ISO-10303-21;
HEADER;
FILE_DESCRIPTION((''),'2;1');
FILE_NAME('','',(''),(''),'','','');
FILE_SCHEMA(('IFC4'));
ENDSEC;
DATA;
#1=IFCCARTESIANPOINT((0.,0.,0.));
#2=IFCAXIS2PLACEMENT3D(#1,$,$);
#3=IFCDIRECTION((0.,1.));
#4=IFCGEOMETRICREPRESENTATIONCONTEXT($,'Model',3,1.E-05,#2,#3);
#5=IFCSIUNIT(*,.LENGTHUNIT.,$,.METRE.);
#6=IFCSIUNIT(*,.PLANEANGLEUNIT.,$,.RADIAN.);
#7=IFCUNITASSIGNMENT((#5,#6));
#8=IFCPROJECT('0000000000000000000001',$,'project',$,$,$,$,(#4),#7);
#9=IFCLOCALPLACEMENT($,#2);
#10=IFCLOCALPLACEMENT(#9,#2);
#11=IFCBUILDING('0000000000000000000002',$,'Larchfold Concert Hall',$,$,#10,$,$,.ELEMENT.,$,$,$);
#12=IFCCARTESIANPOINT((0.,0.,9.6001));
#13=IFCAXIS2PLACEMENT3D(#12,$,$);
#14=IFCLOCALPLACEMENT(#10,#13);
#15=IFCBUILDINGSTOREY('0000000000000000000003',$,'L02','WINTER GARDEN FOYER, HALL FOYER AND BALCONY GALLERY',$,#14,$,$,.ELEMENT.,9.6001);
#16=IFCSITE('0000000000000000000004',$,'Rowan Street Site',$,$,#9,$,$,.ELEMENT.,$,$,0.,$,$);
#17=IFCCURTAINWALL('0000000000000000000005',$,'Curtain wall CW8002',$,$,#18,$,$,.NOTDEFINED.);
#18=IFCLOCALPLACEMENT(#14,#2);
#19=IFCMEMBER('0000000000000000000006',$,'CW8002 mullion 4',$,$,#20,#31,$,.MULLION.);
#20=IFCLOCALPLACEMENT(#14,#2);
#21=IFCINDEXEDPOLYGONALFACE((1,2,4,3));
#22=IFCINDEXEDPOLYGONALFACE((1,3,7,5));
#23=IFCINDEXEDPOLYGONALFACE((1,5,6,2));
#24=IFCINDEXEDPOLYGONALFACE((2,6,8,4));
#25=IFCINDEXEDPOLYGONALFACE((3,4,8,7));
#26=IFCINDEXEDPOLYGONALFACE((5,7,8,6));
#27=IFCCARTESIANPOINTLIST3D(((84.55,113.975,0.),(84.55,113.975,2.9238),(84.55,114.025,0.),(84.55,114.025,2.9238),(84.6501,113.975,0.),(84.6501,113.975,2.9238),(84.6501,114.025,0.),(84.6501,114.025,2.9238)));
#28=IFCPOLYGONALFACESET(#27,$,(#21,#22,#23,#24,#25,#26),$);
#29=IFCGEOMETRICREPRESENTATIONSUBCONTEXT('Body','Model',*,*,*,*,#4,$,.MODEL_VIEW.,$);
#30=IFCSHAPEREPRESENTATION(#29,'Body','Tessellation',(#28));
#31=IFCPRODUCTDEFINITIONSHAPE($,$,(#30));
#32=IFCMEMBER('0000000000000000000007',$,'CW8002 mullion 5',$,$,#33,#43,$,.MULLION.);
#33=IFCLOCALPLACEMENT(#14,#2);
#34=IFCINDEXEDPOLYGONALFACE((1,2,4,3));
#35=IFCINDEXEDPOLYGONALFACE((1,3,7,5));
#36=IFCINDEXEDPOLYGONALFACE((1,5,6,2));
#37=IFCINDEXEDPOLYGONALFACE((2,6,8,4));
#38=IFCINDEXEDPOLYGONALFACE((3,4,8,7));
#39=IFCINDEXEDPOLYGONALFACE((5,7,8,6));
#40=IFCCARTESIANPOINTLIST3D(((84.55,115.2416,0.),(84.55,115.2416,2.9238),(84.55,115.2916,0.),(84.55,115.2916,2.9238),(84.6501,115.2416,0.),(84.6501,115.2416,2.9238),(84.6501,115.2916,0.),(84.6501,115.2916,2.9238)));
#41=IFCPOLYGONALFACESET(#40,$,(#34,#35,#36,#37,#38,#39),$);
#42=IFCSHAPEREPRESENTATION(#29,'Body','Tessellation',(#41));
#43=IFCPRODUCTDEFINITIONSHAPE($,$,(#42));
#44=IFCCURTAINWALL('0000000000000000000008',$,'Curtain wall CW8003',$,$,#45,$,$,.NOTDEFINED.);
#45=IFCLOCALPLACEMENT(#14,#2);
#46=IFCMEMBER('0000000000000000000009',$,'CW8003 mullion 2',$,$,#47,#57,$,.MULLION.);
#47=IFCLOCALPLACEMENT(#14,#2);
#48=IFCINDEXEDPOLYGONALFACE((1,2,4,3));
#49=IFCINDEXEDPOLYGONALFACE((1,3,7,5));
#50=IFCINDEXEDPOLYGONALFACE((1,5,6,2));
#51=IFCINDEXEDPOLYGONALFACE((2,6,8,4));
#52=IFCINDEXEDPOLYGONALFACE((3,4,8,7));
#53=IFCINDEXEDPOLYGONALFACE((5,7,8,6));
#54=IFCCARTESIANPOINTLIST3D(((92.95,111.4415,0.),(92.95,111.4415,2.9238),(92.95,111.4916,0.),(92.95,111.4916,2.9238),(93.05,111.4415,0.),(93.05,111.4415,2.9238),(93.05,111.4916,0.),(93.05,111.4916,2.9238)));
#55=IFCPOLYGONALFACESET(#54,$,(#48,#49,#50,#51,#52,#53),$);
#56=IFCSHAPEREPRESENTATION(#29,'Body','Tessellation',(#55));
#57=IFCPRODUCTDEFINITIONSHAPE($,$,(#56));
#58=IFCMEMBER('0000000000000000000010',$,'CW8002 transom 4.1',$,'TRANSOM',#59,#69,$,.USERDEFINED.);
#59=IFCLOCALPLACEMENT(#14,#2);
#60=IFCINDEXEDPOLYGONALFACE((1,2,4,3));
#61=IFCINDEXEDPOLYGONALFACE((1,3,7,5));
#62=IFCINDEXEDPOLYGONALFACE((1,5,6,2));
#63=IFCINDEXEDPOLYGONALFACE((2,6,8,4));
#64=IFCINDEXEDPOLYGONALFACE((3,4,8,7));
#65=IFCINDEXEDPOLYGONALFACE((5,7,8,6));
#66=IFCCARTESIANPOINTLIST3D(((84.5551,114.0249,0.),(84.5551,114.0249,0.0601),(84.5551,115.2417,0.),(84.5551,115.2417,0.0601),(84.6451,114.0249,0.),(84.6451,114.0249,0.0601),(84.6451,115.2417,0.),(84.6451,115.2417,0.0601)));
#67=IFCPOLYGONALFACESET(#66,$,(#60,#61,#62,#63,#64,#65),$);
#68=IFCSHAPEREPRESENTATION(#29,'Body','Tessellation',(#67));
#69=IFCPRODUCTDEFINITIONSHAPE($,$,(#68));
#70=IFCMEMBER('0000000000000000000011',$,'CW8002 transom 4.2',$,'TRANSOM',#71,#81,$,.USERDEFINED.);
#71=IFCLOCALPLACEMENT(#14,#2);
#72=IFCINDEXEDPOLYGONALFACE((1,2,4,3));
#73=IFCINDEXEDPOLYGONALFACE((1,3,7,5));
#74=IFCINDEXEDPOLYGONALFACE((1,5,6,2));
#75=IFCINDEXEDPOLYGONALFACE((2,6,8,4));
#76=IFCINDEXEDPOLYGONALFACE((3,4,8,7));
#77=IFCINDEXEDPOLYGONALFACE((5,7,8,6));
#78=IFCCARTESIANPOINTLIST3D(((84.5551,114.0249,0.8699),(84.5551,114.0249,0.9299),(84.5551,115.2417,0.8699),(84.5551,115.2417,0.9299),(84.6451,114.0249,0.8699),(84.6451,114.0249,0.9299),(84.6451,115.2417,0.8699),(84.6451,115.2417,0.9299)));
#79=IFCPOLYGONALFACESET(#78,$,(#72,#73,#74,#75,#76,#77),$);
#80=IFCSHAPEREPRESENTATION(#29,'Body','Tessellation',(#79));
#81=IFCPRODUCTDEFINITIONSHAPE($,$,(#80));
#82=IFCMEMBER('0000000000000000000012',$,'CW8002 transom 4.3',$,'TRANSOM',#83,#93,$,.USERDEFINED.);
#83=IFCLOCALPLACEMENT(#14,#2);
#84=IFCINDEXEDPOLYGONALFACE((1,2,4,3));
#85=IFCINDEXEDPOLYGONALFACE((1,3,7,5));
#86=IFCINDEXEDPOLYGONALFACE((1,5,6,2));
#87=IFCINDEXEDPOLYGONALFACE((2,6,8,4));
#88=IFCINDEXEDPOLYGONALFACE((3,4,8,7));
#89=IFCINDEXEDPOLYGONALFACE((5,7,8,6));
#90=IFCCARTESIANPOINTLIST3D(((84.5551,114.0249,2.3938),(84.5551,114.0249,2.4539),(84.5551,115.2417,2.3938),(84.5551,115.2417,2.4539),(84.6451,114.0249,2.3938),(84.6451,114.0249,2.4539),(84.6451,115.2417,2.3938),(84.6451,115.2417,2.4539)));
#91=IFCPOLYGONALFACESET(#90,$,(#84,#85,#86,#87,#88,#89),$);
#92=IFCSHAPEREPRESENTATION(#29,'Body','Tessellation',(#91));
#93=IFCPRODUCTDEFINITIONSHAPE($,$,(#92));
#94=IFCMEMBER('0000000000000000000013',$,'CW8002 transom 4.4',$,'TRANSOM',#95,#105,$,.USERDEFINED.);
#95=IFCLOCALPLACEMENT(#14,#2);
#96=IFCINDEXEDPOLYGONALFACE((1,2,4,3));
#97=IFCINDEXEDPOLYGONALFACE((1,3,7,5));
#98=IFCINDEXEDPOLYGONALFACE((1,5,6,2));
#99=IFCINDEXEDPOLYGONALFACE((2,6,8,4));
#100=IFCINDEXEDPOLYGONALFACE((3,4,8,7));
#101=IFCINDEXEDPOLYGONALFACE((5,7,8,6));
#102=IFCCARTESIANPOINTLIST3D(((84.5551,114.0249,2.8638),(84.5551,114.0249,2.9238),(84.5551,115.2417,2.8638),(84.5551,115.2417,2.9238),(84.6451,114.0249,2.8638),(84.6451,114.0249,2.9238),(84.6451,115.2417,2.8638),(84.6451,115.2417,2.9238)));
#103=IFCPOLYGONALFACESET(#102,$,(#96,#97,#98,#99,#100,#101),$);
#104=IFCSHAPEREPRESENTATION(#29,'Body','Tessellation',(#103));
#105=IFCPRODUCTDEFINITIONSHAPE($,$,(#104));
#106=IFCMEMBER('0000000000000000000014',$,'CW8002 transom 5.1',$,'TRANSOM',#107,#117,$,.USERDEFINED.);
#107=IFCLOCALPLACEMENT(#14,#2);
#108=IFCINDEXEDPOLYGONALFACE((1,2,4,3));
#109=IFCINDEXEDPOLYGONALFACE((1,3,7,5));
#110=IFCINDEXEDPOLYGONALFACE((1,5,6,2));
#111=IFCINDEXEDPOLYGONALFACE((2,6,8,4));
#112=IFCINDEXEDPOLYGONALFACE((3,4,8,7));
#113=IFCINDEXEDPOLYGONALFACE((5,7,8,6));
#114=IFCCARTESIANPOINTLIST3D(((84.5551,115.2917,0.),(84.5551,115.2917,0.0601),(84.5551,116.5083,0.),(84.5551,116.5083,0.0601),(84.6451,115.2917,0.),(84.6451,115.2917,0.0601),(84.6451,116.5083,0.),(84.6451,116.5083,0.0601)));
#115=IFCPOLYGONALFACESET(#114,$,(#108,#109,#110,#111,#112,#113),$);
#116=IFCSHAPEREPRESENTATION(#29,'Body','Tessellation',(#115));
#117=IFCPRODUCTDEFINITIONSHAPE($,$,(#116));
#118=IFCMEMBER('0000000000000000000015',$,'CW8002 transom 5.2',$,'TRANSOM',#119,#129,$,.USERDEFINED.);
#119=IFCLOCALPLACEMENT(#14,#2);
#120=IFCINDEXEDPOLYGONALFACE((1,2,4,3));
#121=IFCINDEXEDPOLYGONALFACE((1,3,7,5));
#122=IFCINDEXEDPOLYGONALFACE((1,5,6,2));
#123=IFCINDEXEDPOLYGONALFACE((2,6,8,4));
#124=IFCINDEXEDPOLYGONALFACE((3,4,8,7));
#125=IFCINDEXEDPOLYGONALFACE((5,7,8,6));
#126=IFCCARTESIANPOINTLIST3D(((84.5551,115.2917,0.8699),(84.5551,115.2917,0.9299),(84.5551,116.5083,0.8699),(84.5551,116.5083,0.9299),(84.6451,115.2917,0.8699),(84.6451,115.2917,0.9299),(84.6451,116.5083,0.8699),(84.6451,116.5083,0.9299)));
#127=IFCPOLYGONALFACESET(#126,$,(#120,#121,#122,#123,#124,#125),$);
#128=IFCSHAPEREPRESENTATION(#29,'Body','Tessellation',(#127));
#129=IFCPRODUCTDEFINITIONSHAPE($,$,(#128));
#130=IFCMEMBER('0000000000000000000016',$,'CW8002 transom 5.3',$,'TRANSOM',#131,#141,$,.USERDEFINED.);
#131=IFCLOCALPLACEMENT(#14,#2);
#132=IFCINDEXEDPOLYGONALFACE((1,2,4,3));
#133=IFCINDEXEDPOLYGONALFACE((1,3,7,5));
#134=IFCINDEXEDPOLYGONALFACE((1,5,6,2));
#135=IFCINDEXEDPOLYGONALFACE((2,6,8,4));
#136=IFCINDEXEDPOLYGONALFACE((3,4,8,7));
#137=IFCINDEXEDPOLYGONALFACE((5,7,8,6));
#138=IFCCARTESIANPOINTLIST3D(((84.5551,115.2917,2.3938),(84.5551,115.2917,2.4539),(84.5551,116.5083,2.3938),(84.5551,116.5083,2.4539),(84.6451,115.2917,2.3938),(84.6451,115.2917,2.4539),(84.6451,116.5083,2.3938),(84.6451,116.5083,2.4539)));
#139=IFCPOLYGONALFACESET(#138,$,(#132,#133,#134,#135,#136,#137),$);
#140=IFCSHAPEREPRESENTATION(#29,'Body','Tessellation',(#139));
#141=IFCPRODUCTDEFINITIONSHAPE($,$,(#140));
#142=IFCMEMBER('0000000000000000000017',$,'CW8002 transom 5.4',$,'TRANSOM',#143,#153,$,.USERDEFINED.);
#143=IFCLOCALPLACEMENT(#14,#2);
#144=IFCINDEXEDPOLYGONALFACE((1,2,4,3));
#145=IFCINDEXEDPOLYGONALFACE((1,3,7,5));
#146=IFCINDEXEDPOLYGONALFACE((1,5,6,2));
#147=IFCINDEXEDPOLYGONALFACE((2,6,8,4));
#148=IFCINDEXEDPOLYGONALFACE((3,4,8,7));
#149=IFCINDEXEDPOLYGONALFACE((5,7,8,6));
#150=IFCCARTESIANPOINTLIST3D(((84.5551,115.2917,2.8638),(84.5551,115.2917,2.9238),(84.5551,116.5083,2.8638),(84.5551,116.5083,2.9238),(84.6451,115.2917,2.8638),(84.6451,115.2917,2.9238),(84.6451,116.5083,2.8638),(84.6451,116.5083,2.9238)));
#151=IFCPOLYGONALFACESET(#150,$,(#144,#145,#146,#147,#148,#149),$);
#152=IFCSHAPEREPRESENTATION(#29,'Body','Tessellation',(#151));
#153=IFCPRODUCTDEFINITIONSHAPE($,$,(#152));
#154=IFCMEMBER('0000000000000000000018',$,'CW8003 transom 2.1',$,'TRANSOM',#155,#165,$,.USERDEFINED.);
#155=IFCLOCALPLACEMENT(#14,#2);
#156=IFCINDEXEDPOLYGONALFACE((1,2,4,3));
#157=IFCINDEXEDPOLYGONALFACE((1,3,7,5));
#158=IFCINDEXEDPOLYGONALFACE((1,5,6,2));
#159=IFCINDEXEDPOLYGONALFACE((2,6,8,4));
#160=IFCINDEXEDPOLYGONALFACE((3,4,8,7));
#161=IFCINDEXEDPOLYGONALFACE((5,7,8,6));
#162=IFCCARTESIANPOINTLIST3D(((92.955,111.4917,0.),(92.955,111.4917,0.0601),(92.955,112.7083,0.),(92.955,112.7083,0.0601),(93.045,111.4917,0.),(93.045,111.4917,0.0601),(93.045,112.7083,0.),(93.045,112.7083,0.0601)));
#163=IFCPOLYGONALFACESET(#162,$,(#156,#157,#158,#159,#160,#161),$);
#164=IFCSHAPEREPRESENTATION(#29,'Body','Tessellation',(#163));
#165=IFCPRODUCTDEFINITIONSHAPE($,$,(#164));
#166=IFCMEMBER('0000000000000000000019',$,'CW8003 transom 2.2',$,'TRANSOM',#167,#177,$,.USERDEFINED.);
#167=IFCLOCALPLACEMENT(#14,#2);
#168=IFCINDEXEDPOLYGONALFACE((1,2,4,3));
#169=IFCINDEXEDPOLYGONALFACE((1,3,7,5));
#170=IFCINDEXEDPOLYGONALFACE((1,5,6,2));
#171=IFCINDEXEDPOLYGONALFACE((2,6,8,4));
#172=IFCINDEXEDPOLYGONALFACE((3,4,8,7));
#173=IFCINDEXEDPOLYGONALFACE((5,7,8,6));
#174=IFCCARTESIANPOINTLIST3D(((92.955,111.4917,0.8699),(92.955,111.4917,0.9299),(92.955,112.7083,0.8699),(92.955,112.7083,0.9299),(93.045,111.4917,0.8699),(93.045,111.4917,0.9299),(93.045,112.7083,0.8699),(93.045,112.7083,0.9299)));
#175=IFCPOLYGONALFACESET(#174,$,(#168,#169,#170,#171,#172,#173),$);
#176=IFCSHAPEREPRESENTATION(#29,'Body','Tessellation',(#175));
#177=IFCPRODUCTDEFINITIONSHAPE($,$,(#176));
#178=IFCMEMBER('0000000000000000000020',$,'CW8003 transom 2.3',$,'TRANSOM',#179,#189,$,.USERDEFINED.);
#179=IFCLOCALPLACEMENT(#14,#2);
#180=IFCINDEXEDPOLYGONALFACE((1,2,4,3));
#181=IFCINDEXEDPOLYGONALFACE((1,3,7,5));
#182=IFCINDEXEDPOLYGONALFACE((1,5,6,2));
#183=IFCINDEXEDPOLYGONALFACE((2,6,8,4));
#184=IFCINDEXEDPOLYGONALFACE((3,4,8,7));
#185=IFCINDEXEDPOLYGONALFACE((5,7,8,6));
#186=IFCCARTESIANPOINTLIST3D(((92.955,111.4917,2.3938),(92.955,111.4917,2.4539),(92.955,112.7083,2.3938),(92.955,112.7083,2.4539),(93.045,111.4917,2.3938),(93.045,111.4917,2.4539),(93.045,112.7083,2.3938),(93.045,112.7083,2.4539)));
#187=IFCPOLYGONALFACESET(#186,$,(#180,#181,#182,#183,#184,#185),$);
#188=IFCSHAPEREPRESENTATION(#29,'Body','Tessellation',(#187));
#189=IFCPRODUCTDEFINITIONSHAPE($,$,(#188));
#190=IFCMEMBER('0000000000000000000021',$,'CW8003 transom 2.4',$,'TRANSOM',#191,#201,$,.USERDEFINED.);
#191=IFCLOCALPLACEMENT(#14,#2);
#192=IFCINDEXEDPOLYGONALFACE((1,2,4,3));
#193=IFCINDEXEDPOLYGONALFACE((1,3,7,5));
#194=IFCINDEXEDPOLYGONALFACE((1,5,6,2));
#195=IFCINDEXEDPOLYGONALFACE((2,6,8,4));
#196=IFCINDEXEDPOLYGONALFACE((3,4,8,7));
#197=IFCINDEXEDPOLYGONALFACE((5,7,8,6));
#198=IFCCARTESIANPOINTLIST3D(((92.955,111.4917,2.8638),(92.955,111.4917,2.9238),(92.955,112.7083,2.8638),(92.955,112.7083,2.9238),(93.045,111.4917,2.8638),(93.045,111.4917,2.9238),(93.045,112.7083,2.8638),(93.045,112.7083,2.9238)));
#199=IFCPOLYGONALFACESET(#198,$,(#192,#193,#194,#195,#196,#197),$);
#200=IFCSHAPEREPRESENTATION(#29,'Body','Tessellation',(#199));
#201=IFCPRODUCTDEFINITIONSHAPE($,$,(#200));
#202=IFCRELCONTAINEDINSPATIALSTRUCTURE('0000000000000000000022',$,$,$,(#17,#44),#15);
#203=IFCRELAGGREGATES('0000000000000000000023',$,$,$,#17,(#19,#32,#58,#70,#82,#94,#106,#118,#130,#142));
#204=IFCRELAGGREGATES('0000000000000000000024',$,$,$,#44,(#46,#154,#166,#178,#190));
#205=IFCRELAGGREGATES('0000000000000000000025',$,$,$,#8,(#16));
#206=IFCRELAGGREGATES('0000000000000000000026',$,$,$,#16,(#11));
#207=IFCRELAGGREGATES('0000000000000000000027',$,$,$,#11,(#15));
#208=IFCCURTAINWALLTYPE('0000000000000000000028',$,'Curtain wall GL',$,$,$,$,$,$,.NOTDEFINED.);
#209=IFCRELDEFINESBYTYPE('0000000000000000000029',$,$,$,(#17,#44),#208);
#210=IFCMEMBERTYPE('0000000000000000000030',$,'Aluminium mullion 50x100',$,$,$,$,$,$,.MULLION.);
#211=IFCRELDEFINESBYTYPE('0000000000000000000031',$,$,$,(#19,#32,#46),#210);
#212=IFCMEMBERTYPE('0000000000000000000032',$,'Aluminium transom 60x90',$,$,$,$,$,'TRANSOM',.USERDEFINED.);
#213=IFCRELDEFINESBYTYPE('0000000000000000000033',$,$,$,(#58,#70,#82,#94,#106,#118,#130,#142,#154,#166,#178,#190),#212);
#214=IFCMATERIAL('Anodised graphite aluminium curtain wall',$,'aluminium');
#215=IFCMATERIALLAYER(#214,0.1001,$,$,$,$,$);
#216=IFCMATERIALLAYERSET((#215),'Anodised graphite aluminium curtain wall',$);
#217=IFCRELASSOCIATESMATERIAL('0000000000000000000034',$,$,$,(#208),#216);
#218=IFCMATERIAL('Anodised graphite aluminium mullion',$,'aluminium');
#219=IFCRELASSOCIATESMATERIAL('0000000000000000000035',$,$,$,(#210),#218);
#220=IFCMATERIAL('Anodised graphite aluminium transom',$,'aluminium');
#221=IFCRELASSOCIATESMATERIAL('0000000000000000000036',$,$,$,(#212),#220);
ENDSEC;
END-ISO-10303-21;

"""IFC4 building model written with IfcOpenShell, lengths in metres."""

from ifc_helpers import new_model, si_unit, direction, frame, origin, origin_2d, place, context, subcontext, project, spatial, rectangle, extrude, material, layer, layer_set, material_profile, profile_set, type_object, element, aggregate, save


model = new_model("IFC4")

# Units and contexts
model_context = context("Model", 3, precision=1e-05, world=origin(), true_north=direction((0.0, 1.0)))
body_context = subcontext(model_context, "Body", "Model", "MODEL_VIEW")
ifc_project = project(units=[si_unit("LENGTHUNIT", "METRE"), si_unit("PLANEANGLEUNIT", "RADIAN")], contexts=[model_context])

# Site, building, storey
site_placement = place(None, origin())
site = spatial("IfcSite", under=ifc_project, at=site_placement, Name="Rowan Street Site", CompositionType="ELEMENT", RefElevation=0.0)
building_placement = place(site_placement, origin())
building = spatial("IfcBuilding", under=site, at=building_placement, Name="Larchfold Concert Hall", CompositionType="ELEMENT")
storey_placement = place(building_placement, frame((0.0, 0.0, 9.6001)))
storey = spatial("IfcBuildingStorey", under=building, at=storey_placement, Name="L02", Description="WINTER GARDEN FOYER, HALL FOYER AND BALCONY GALLERY", CompositionType="ELEMENT", Elevation=9.6001)

# Curtain wall, members
ifc_material_1 = material(Name="Anodised graphite aluminium curtain wall", Category="aluminium")
ifc_layer_1 = layer(ifc_material_1, 0.1001)
ifc_layer_set_1 = layer_set([ifc_layer_1], Name="Anodised graphite aluminium curtain wall")
curtain_wall_type = type_object("IfcCurtainWallType", Name="Curtain wall GL", PredefinedType="NOTDEFINED", material=ifc_layer_set_1)
curtain_wall_1_placement = place(storey_placement, origin())
curtain_wall_1 = element("IfcCurtainWall", 1, at=curtain_wall_1_placement, inside=storey, type_object=curtain_wall_type, Name="Curtain wall CW8002", PredefinedType="NOTDEFINED")
ifc_material_2 = material(Name="Anodised graphite aluminium mullion", Category="aluminium")
ifc_material_profile_1 = material_profile(ifc_material_2, rectangle(XDim=0.1001, YDim=0.05, at=origin_2d()))
ifc_profile_set_1 = profile_set([ifc_material_profile_1], Name="Anodised graphite aluminium mullion")
member_type_1 = type_object("IfcMemberType", Name="Aluminium mullion 50x100", PredefinedType="MULLION", material=ifc_profile_set_1)
member_1_placement = place(storey_placement, frame((84.6001, 114.0, 0.0), z_axis=(0.0, 0.0, 1.0), x_axis=(-1.0, 0.0, 0.0)))
member_1 = element("IfcMember", 2, at=member_1_placement, type_object=member_type_1, Name="CW8002 mullion 4", PredefinedType="MULLION", context=body_context, shape_type="SweptSolid", body=[
    extrude(rectangle(XDim=0.1001, YDim=0.05, at=origin_2d()), origin(), (0.0, 0.0, 1.0), 2.9238),
])
member_2_placement = place(storey_placement, frame((84.6001, 115.2666, 0.0), z_axis=(0.0, 0.0, 1.0), x_axis=(-1.0, 0.0, 0.0)))
member_2 = element("IfcMember", 3, at=member_2_placement, type_object=member_type_1, Name="CW8002 mullion 5", PredefinedType="MULLION", context=body_context, shape_type="SweptSolid", body=[
    extrude(rectangle(XDim=0.1001, YDim=0.05, at=origin_2d()), origin(), (0.0, 0.0, 1.0), 2.9238),
])

# Curtain wall, member
curtain_wall_2_placement = place(storey_placement, origin())
curtain_wall_2 = element("IfcCurtainWall", 4, at=curtain_wall_2_placement, inside=storey, type_object=curtain_wall_type, Name="Curtain wall CW8003", PredefinedType="NOTDEFINED")
member_3_placement = place(storey_placement, frame((93.0, 111.4666, 0.0), z_axis=(0.0, 0.0, 1.0), x_axis=(-1.0, 0.0, 0.0)))
member_3 = element("IfcMember", 5, at=member_3_placement, type_object=member_type_1, Name="CW8003 mullion 2", PredefinedType="MULLION", context=body_context, shape_type="SweptSolid", body=[
    extrude(rectangle(XDim=0.1001, YDim=0.05, at=origin_2d()), origin(), (0.0, 0.0, 1.0), 2.9238),
])

# Members
ifc_material_3 = material(Name="Anodised graphite aluminium transom", Category="aluminium")
ifc_material_profile_2 = material_profile(ifc_material_3, rectangle(XDim=0.0901, YDim=0.0601, at=origin_2d()))
ifc_profile_set_2 = profile_set([ifc_material_profile_2], Name="Anodised graphite aluminium transom")
member_type_2 = type_object("IfcMemberType", Name="Aluminium transom 60x90", ElementType="TRANSOM", PredefinedType="USERDEFINED", material=ifc_profile_set_2)
member_4_placement = place(storey_placement, frame((84.6001, 114.0249, 0.03), z_axis=(0.0, 1.0, 0.0), x_axis=(-1.0, 0.0, 0.0)))
member_4 = element("IfcMember", 6, at=member_4_placement, type_object=member_type_2, Name="CW8002 transom 4.1", ObjectType="TRANSOM", PredefinedType="USERDEFINED", context=body_context, shape_type="SweptSolid", body=[
    extrude(rectangle(XDim=0.0901, YDim=0.0601, at=origin_2d()), origin(), (0.0, 0.0, 1.0), 1.2168),
])
member_5_placement = place(storey_placement, frame((84.6001, 114.0249, 0.8999), z_axis=(0.0, 1.0, 0.0), x_axis=(-1.0, 0.0, 0.0)))
member_5 = element("IfcMember", 7, at=member_5_placement, type_object=member_type_2, Name="CW8002 transom 4.2", ObjectType="TRANSOM", PredefinedType="USERDEFINED", context=body_context, shape_type="SweptSolid", body=[
    extrude(rectangle(XDim=0.0901, YDim=0.0601, at=origin_2d()), origin(), (0.0, 0.0, 1.0), 1.2168),
])
member_6_placement = place(storey_placement, frame((84.6001, 114.0249, 2.4238), z_axis=(0.0, 1.0, 0.0), x_axis=(-1.0, 0.0, 0.0)))
member_6 = element("IfcMember", 8, at=member_6_placement, type_object=member_type_2, Name="CW8002 transom 4.3", ObjectType="TRANSOM", PredefinedType="USERDEFINED", context=body_context, shape_type="SweptSolid", body=[
    extrude(rectangle(XDim=0.0901, YDim=0.0601, at=origin_2d()), origin(), (0.0, 0.0, 1.0), 1.2168),
])
member_7_placement = place(storey_placement, frame((84.6001, 114.0249, 2.8938), z_axis=(0.0, 1.0, 0.0), x_axis=(-1.0, 0.0, 0.0)))
member_7 = element("IfcMember", 9, at=member_7_placement, type_object=member_type_2, Name="CW8002 transom 4.4", ObjectType="TRANSOM", PredefinedType="USERDEFINED", context=body_context, shape_type="SweptSolid", body=[
    extrude(rectangle(XDim=0.0901, YDim=0.0601, at=origin_2d()), origin(), (0.0, 0.0, 1.0), 1.2168),
])
member_8_placement = place(storey_placement, frame((84.6001, 115.2917, 0.03), z_axis=(0.0, 1.0, 0.0), x_axis=(-1.0, 0.0, 0.0)))
member_8 = element("IfcMember", 10, at=member_8_placement, type_object=member_type_2, Name="CW8002 transom 5.1", ObjectType="TRANSOM", PredefinedType="USERDEFINED", context=body_context, shape_type="SweptSolid", body=[
    extrude(rectangle(XDim=0.0901, YDim=0.0601, at=origin_2d()), origin(), (0.0, 0.0, 1.0), 1.2166),
])
member_9_placement = place(storey_placement, frame((84.6001, 115.2917, 0.8999), z_axis=(0.0, 1.0, 0.0), x_axis=(-1.0, 0.0, 0.0)))
member_9 = element("IfcMember", 11, at=member_9_placement, type_object=member_type_2, Name="CW8002 transom 5.2", ObjectType="TRANSOM", PredefinedType="USERDEFINED", context=body_context, shape_type="SweptSolid", body=[
    extrude(rectangle(XDim=0.0901, YDim=0.0601, at=origin_2d()), origin(), (0.0, 0.0, 1.0), 1.2166),
])
member_10_placement = place(storey_placement, frame((84.6001, 115.2917, 2.4238), z_axis=(0.0, 1.0, 0.0), x_axis=(-1.0, 0.0, 0.0)))
member_10 = element("IfcMember", 12, at=member_10_placement, type_object=member_type_2, Name="CW8002 transom 5.3", ObjectType="TRANSOM", PredefinedType="USERDEFINED", context=body_context, shape_type="SweptSolid", body=[
    extrude(rectangle(XDim=0.0901, YDim=0.0601, at=origin_2d()), origin(), (0.0, 0.0, 1.0), 1.2166),
])
member_11_placement = place(storey_placement, frame((84.6001, 115.2917, 2.8938), z_axis=(0.0, 1.0, 0.0), x_axis=(-1.0, 0.0, 0.0)))
member_11 = element("IfcMember", 13, at=member_11_placement, type_object=member_type_2, Name="CW8002 transom 5.4", ObjectType="TRANSOM", PredefinedType="USERDEFINED", context=body_context, shape_type="SweptSolid", body=[
    extrude(rectangle(XDim=0.0901, YDim=0.0601, at=origin_2d()), origin(), (0.0, 0.0, 1.0), 1.2166),
])
member_12_placement = place(storey_placement, frame((93.0, 111.4917, 0.03), z_axis=(0.0, 1.0, 0.0), x_axis=(-1.0, 0.0, 0.0)))
member_12 = element("IfcMember", 14, at=member_12_placement, type_object=member_type_2, Name="CW8003 transom 2.1", ObjectType="TRANSOM", PredefinedType="USERDEFINED", context=body_context, shape_type="SweptSolid", body=[
    extrude(rectangle(XDim=0.0901, YDim=0.0601, at=origin_2d()), origin(), (0.0, 0.0, 1.0), 1.2166),
])
member_13_placement = place(storey_placement, frame((93.0, 111.4917, 0.8999), z_axis=(0.0, 1.0, 0.0), x_axis=(-1.0, 0.0, 0.0)))
member_13 = element("IfcMember", 15, at=member_13_placement, type_object=member_type_2, Name="CW8003 transom 2.2", ObjectType="TRANSOM", PredefinedType="USERDEFINED", context=body_context, shape_type="SweptSolid", body=[
    extrude(rectangle(XDim=0.0901, YDim=0.0601, at=origin_2d()), origin(), (0.0, 0.0, 1.0), 1.2166),
])
member_14_placement = place(storey_placement, frame((93.0, 111.4917, 2.4238), z_axis=(0.0, 1.0, 0.0), x_axis=(-1.0, 0.0, 0.0)))
member_14 = element("IfcMember", 16, at=member_14_placement, type_object=member_type_2, Name="CW8003 transom 2.3", ObjectType="TRANSOM", PredefinedType="USERDEFINED", context=body_context, shape_type="SweptSolid", body=[
    extrude(rectangle(XDim=0.0901, YDim=0.0601, at=origin_2d()), origin(), (0.0, 0.0, 1.0), 1.2166),
])
member_15_placement = place(storey_placement, frame((93.0, 111.4917, 2.8938), z_axis=(0.0, 1.0, 0.0), x_axis=(-1.0, 0.0, 0.0)))
member_15 = element("IfcMember", 17, at=member_15_placement, type_object=member_type_2, Name="CW8003 transom 2.4", ObjectType="TRANSOM", PredefinedType="USERDEFINED", context=body_context, shape_type="SweptSolid", body=[
    extrude(rectangle(XDim=0.0901, YDim=0.0601, at=origin_2d()), origin(), (0.0, 0.0, 1.0), 1.2166),
])

aggregate(curtain_wall_1, [member_1, member_2, member_4, member_5, member_6, member_7, member_8, member_9, member_10, member_11])
aggregate(curtain_wall_2, [member_3, member_12, member_13, member_14, member_15])

save(model, "model.ifc")
